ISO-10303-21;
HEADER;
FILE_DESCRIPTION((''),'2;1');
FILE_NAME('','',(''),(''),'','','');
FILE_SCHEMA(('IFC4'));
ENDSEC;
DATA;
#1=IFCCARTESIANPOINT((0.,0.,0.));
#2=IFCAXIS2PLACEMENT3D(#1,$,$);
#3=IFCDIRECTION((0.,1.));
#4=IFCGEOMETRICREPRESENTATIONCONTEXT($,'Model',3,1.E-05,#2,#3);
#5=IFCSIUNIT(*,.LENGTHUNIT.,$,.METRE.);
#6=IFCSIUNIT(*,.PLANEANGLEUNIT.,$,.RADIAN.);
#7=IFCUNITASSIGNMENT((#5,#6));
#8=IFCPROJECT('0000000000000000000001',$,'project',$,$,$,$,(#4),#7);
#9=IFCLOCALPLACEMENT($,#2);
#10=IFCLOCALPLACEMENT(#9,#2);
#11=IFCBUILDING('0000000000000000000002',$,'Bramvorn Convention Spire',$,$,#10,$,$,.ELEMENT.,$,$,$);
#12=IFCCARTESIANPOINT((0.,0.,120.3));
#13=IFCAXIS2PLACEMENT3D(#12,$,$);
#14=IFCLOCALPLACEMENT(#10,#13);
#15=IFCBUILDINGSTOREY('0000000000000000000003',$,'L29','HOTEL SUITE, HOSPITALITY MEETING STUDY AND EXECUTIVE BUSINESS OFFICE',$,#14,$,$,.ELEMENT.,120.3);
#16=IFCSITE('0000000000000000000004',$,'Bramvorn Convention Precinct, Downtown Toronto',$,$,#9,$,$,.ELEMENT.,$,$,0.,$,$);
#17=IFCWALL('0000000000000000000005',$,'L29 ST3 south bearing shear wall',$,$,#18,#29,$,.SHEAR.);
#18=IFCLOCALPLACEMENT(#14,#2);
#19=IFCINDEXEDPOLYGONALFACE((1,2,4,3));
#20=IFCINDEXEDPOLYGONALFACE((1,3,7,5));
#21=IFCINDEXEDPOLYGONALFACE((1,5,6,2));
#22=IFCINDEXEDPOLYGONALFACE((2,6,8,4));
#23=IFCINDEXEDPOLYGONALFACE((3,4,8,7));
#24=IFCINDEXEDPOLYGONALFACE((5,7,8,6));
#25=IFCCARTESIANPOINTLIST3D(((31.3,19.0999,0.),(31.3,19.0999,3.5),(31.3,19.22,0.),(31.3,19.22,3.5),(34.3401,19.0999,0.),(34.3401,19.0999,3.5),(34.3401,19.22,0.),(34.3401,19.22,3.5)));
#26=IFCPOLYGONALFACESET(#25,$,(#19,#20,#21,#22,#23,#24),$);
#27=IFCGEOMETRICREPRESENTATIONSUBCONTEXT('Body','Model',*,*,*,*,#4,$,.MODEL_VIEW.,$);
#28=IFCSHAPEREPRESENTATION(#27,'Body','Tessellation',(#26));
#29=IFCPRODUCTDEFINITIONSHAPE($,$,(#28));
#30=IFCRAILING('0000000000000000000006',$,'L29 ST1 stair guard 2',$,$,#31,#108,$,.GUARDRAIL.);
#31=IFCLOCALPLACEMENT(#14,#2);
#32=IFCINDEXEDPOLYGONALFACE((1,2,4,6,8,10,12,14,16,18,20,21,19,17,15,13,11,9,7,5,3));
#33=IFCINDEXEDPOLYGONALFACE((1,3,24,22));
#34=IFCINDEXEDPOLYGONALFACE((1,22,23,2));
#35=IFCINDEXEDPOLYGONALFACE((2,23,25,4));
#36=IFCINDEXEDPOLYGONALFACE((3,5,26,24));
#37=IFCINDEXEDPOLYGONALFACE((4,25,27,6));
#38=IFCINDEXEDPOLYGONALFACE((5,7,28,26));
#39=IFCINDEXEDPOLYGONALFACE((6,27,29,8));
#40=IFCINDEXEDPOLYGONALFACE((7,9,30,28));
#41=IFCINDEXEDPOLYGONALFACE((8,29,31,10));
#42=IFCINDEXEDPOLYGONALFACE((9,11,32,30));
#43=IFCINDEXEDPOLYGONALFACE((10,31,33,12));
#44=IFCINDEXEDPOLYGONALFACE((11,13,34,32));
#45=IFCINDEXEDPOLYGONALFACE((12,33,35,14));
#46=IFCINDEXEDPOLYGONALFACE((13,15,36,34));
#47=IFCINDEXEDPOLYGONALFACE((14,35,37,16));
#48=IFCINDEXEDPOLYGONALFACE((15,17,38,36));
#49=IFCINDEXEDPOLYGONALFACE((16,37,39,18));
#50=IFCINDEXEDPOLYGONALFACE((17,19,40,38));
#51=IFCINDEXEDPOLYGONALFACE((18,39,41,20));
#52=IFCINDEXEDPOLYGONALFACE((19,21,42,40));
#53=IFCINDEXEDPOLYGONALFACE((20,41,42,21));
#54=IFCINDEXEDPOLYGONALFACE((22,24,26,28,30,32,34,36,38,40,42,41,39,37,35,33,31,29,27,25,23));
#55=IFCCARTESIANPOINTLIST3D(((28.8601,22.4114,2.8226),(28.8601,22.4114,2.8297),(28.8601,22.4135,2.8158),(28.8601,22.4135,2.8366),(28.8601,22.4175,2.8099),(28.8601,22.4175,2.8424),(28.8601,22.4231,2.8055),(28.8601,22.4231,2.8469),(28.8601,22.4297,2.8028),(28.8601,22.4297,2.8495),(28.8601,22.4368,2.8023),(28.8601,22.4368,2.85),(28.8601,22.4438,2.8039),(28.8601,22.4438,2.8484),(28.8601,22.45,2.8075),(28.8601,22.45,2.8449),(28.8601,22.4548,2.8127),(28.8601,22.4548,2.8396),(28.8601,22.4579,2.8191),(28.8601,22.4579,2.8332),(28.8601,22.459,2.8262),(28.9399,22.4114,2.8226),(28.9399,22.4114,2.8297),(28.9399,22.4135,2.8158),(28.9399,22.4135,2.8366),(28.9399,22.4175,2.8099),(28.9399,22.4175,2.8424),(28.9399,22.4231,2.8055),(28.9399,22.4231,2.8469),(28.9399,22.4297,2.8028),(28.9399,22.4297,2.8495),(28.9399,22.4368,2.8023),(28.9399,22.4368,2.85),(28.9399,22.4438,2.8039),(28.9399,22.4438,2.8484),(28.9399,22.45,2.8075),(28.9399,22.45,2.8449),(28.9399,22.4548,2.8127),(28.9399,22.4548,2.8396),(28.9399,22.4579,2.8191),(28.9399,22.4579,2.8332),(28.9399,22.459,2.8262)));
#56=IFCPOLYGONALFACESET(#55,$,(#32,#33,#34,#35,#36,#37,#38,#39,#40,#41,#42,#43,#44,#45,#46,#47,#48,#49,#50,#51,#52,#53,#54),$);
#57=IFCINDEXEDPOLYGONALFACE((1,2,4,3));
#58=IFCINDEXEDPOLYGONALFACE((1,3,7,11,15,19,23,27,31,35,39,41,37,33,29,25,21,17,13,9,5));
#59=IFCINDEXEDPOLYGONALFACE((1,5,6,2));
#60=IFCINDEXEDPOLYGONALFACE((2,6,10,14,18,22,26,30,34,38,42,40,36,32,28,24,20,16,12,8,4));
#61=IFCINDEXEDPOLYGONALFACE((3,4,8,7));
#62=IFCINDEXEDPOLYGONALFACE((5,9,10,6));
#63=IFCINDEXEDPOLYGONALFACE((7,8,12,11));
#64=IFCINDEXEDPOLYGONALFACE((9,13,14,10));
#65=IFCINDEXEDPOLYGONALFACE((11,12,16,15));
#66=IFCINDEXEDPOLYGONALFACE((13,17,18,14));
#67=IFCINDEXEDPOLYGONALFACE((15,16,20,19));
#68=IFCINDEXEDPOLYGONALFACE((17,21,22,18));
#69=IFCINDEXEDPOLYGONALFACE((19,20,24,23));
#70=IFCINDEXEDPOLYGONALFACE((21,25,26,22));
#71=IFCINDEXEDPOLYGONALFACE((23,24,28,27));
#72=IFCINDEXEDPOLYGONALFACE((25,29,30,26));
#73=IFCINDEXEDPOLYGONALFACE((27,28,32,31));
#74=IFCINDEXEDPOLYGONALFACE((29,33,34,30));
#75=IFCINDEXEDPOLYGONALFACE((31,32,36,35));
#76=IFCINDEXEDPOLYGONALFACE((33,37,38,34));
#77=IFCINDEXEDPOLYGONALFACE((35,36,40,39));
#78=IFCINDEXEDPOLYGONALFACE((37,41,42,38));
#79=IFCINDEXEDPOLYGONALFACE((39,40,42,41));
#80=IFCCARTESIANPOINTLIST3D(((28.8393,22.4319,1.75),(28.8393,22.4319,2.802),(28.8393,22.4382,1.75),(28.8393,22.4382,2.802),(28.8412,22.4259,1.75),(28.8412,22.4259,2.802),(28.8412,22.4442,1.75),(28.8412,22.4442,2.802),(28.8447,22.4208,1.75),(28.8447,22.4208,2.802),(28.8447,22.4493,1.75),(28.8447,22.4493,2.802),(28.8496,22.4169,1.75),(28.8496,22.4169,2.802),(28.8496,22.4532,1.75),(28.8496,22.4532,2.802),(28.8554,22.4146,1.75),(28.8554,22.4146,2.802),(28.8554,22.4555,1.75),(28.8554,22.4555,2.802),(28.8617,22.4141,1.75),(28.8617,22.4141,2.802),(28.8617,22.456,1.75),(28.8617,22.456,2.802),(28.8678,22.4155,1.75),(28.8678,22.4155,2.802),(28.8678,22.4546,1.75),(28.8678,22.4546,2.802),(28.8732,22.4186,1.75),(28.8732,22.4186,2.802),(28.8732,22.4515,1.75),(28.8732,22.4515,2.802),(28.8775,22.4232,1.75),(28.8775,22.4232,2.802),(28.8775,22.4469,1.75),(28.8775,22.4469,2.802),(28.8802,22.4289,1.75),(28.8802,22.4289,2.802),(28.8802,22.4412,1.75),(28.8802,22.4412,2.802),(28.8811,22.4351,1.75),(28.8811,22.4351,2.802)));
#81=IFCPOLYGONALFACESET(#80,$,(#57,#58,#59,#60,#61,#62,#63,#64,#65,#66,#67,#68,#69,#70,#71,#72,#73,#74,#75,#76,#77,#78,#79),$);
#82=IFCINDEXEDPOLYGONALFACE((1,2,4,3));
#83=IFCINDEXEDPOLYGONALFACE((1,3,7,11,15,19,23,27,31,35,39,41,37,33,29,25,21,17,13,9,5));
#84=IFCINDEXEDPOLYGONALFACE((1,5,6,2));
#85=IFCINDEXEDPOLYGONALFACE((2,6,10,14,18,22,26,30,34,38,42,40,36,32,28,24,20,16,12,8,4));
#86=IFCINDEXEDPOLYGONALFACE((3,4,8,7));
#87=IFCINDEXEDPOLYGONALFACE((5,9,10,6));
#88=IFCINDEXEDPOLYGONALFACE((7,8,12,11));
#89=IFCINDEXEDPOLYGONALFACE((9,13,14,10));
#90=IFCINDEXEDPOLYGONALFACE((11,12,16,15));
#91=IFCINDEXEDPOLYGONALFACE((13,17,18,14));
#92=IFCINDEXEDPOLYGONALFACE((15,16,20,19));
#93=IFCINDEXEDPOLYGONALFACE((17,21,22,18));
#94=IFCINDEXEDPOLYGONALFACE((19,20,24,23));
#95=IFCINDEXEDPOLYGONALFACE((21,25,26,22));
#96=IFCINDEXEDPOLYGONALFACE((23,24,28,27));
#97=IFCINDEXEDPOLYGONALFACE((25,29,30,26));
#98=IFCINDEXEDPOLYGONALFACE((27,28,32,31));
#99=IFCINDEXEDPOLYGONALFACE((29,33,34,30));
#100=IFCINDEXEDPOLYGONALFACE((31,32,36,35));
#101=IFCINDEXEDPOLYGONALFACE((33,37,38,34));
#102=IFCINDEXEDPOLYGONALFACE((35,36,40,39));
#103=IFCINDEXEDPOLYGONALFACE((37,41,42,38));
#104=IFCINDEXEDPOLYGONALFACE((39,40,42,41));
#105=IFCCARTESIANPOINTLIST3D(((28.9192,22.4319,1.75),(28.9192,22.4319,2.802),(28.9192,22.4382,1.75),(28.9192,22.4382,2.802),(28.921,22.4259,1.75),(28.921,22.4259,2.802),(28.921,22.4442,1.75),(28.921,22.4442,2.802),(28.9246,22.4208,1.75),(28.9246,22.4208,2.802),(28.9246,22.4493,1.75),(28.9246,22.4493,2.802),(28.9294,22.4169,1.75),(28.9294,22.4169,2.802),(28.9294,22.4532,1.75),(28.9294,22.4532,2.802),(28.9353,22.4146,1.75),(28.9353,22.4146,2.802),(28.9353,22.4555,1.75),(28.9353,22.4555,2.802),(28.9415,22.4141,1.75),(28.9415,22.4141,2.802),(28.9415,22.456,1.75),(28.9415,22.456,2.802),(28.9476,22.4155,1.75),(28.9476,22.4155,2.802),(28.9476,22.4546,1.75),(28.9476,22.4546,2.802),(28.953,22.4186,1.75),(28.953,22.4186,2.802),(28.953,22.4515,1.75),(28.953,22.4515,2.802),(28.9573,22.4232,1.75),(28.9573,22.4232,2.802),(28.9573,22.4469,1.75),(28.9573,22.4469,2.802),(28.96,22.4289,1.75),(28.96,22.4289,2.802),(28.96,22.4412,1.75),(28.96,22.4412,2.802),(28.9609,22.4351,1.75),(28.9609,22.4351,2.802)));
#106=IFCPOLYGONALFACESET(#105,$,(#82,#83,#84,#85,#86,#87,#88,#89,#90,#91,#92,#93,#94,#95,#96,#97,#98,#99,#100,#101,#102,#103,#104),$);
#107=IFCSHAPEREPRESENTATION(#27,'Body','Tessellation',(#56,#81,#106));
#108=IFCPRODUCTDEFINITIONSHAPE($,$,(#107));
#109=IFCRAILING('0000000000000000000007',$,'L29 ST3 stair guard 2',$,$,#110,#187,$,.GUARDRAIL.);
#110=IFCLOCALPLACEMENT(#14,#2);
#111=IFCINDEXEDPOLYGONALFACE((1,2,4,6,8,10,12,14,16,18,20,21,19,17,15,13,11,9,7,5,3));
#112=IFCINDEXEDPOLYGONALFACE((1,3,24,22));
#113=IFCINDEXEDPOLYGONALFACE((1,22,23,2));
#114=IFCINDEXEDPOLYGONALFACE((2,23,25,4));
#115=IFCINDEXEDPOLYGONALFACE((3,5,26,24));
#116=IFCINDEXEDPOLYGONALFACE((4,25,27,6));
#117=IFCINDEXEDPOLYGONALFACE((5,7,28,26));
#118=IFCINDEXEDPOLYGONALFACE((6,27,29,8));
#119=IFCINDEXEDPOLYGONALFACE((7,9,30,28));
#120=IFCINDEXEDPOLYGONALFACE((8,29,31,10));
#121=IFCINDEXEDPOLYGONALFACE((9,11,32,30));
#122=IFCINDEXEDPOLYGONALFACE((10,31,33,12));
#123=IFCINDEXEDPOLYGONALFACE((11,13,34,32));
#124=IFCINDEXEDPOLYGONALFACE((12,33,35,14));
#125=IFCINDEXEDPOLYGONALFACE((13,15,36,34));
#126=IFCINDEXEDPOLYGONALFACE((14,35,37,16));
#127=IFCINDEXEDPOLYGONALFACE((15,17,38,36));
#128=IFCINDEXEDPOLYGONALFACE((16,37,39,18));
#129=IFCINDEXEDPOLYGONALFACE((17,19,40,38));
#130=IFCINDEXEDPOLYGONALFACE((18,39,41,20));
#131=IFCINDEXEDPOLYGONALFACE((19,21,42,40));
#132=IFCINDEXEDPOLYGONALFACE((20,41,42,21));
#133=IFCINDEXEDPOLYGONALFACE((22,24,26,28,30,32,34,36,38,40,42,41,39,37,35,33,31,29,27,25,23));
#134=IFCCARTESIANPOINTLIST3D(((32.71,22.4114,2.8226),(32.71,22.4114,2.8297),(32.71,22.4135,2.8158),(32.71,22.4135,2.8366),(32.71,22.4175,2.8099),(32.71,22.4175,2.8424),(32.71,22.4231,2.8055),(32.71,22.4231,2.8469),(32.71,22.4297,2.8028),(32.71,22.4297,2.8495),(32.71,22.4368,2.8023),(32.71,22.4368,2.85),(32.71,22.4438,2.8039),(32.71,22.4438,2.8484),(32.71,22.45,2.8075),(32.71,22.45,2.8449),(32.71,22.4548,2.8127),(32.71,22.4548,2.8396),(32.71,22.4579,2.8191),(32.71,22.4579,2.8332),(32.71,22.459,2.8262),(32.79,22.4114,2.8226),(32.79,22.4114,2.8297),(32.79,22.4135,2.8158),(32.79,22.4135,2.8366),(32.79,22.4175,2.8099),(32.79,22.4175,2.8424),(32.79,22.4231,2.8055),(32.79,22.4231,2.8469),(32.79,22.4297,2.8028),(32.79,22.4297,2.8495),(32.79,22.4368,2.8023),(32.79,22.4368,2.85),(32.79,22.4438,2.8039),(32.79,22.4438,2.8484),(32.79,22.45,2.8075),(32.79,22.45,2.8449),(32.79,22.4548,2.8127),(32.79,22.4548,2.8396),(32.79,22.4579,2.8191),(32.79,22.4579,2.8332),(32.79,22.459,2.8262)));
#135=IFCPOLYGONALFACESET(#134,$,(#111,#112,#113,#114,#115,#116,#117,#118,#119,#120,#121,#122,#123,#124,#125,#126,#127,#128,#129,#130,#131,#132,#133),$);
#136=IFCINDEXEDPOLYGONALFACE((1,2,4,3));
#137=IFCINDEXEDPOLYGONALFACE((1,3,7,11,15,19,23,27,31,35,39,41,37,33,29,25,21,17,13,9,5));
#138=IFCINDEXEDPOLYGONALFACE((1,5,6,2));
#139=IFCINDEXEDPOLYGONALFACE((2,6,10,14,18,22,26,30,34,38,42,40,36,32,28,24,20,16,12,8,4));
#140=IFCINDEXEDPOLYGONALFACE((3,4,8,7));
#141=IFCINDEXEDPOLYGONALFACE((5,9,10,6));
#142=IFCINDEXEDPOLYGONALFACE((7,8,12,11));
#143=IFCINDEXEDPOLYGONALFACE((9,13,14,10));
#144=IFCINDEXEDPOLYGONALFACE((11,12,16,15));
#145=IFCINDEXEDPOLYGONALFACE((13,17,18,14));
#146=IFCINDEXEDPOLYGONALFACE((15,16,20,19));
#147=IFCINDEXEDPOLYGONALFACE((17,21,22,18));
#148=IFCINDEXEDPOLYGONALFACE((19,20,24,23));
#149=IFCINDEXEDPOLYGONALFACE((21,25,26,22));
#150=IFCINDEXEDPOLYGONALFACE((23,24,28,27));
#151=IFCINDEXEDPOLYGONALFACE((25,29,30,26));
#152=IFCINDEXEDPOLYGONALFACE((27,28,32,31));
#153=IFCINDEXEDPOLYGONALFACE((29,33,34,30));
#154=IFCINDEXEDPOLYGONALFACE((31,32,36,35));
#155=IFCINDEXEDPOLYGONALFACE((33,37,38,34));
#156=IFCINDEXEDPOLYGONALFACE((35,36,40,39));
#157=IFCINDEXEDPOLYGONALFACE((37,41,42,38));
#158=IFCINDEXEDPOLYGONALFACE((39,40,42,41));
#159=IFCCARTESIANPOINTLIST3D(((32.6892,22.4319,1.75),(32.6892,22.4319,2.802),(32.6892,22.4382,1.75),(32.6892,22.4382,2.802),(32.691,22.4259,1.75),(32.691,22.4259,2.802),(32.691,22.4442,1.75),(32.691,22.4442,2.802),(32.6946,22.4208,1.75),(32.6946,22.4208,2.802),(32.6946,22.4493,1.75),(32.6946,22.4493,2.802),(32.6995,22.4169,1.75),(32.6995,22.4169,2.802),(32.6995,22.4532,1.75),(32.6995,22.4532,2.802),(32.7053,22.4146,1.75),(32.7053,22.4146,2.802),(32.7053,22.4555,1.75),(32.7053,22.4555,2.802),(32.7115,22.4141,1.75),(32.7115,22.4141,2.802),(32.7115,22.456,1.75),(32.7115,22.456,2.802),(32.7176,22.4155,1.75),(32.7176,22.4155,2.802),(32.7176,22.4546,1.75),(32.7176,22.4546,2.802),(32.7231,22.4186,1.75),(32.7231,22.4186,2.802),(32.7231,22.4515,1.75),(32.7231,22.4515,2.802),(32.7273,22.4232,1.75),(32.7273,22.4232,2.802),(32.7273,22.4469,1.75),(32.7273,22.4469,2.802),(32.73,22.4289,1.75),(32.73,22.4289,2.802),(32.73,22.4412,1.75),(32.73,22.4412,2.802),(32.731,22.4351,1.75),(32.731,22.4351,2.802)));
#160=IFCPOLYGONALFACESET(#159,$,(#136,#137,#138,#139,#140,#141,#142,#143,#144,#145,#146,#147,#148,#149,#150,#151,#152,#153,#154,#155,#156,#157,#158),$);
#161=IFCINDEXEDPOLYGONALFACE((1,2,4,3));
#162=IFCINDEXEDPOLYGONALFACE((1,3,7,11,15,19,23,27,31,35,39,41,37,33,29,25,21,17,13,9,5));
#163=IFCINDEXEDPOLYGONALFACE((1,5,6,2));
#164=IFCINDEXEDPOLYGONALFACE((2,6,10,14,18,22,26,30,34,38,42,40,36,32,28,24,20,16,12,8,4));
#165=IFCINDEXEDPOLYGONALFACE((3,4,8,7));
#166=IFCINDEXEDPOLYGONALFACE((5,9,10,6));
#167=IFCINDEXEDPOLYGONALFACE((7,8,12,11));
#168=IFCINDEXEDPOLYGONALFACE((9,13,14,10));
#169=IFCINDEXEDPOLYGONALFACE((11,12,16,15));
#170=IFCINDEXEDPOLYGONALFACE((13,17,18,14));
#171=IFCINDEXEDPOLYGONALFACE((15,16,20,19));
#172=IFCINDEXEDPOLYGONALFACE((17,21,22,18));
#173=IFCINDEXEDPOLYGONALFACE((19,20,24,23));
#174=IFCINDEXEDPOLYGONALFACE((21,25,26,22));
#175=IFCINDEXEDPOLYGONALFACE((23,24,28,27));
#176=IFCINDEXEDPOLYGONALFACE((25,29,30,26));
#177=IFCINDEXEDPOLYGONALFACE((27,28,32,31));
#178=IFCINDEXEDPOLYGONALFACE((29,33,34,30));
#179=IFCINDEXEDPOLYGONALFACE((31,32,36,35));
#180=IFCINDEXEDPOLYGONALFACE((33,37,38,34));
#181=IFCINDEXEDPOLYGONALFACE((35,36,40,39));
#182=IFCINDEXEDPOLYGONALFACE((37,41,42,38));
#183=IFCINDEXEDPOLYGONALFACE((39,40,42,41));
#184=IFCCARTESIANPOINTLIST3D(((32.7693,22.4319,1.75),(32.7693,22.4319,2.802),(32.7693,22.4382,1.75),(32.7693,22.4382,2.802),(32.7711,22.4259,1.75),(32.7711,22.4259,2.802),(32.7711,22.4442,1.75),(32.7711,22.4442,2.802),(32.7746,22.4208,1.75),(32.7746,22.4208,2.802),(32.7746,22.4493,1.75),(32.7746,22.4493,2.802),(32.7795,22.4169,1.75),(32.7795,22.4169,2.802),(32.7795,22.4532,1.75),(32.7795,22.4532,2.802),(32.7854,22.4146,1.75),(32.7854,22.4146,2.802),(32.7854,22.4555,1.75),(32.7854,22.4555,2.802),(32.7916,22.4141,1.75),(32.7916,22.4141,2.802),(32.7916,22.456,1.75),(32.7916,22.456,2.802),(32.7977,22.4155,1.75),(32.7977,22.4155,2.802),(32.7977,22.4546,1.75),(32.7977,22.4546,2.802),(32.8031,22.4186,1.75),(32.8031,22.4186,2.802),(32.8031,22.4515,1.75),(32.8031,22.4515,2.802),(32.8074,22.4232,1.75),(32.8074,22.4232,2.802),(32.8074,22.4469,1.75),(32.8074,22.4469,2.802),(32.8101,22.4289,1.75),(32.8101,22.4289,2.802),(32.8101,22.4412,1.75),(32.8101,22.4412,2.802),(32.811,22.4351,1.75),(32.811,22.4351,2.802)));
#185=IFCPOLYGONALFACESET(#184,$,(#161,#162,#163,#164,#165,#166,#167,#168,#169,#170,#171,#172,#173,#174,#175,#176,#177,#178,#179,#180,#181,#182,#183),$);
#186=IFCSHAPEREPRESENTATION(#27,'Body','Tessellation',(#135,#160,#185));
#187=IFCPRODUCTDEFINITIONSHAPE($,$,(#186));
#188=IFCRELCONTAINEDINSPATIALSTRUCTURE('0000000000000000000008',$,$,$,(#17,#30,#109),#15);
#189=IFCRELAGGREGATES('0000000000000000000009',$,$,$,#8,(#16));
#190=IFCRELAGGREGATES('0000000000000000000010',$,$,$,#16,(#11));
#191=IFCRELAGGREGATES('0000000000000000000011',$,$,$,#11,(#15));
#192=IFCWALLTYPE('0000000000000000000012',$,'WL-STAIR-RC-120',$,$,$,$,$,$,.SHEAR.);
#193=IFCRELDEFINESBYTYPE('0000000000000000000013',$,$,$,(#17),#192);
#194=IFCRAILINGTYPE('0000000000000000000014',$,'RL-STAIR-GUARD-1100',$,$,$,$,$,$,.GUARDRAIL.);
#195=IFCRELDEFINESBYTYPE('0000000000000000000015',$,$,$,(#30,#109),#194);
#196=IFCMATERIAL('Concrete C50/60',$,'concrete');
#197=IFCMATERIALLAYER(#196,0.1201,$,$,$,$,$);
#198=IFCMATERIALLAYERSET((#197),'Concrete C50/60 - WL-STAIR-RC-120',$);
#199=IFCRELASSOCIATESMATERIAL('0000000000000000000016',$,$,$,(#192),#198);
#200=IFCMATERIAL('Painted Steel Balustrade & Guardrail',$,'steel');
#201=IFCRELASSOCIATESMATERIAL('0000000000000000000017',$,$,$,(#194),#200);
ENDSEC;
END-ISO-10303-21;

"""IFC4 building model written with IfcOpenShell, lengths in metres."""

from ifc_helpers import new_model, si_unit, direction, frame, frame_2d, origin, origin_2d, place, context, subcontext, project, spatial, rectangle, circle, extrude, material, layer, layer_set, type_object, element, save


model = new_model("IFC4")

# Units and contexts
model_context = context("Model", 3, precision=1e-05, world=origin(), true_north=direction((0.0, 1.0)))
body_context = subcontext(model_context, "Body", "Model", "MODEL_VIEW")
ifc_project = project(units=[si_unit("LENGTHUNIT", "METRE"), si_unit("PLANEANGLEUNIT", "RADIAN")], contexts=[model_context])

# Site, building, storey
site_placement = place(None, origin())
site = spatial("IfcSite", under=ifc_project, at=site_placement, Name="Bramvorn Convention Precinct, Downtown Toronto", CompositionType="ELEMENT", RefElevation=0.0)
building_placement = place(site_placement, origin())
building = spatial("IfcBuilding", under=site, at=building_placement, Name="Bramvorn Convention Spire", CompositionType="ELEMENT")
storey_placement = place(building_placement, frame((0.0, 0.0, 120.3)))
storey = spatial("IfcBuildingStorey", under=building, at=storey_placement, Name="L29", Description="HOTEL SUITE, HOSPITALITY MEETING STUDY AND EXECUTIVE BUSINESS OFFICE", CompositionType="ELEMENT", Elevation=120.3)

# Shared definitions
ifc_material_1 = material(Name="Concrete C50/60", Category="concrete")

# Wall
ifc_layer_1 = layer(ifc_material_1, 0.1201)
ifc_layer_set_1 = layer_set([ifc_layer_1], Name="Concrete C50/60 - WL-STAIR-RC-120")
wall_type_1 = type_object("IfcWallType", Name="WL-STAIR-RC-120", PredefinedType="SHEAR", material=ifc_layer_set_1)
wall_1_placement = place(storey_placement, frame((31.3, 19.1599, 0.0), z_axis=(0.0, 0.0, 1.0), x_axis=(1.0, 0.0, 0.0)))
element("IfcWall", 1, at=wall_1_placement, inside=storey, type_object=wall_type_1, Name="L29 ST3 south bearing shear wall", PredefinedType="SHEAR", context=body_context, shape_type="SweptSolid", body=[
    extrude(rectangle(XDim=3.04, YDim=0.1201, at=frame_2d((1.52, 0.0))), origin(), (0.0, 0.0, 1.0), 3.5),
])

# Railings
ifc_material_2 = material(Name="Painted Steel Balustrade & Guardrail", Category="steel")
railing_type = type_object("IfcRailingType", Name="RL-STAIR-GUARD-1100", PredefinedType="GUARDRAIL", material=ifc_material_2)
railing_1_placement = place(storey_placement, frame((28.8601, 22.4351, 1.75)))
element("IfcRailing", 2, at=railing_1_placement, inside=storey, type_object=railing_type, Name="L29 ST1 stair guard 2", PredefinedType="GUARDRAIL", context=body_context, shape_type="SweptSolid", body=[
    extrude(circle(Radius=0.0239, at=origin_2d()), frame((0.0, 0.0, 1.0762), z_axis=(1.0, 0.0, 0.0), x_axis=(0.0, 1.0, 0.0)), (0.0, 0.0, 1.0), 0.0798),
    extrude(circle(Radius=0.021, at=origin_2d()), origin(), (0.0, 0.0, 1.0), 1.052),
    extrude(circle(Radius=0.021, at=origin_2d()), frame((0.0798, 0.0, 0.0)), (0.0, 0.0, 1.0), 1.052),
])
railing_2_placement = place(storey_placement, frame((32.71, 22.4351, 1.75)))
element("IfcRailing", 3, at=railing_2_placement, inside=storey, type_object=railing_type, Name="L29 ST3 stair guard 2", PredefinedType="GUARDRAIL", context=body_context, shape_type="SweptSolid", body=[
    extrude(circle(Radius=0.0239, at=origin_2d()), frame((0.0, 0.0, 1.0762), z_axis=(1.0, 0.0, 0.0), x_axis=(0.0, 1.0, 0.0)), (0.0, 0.0, 1.0), 0.0801),
    extrude(circle(Radius=0.021, at=origin_2d()), origin(), (0.0, 0.0, 1.0), 1.052),
    extrude(circle(Radius=0.021, at=origin_2d()), frame((0.0801, 0.0, 0.0)), (0.0, 0.0, 1.0), 1.052),
])

save(model, "model.ifc")
